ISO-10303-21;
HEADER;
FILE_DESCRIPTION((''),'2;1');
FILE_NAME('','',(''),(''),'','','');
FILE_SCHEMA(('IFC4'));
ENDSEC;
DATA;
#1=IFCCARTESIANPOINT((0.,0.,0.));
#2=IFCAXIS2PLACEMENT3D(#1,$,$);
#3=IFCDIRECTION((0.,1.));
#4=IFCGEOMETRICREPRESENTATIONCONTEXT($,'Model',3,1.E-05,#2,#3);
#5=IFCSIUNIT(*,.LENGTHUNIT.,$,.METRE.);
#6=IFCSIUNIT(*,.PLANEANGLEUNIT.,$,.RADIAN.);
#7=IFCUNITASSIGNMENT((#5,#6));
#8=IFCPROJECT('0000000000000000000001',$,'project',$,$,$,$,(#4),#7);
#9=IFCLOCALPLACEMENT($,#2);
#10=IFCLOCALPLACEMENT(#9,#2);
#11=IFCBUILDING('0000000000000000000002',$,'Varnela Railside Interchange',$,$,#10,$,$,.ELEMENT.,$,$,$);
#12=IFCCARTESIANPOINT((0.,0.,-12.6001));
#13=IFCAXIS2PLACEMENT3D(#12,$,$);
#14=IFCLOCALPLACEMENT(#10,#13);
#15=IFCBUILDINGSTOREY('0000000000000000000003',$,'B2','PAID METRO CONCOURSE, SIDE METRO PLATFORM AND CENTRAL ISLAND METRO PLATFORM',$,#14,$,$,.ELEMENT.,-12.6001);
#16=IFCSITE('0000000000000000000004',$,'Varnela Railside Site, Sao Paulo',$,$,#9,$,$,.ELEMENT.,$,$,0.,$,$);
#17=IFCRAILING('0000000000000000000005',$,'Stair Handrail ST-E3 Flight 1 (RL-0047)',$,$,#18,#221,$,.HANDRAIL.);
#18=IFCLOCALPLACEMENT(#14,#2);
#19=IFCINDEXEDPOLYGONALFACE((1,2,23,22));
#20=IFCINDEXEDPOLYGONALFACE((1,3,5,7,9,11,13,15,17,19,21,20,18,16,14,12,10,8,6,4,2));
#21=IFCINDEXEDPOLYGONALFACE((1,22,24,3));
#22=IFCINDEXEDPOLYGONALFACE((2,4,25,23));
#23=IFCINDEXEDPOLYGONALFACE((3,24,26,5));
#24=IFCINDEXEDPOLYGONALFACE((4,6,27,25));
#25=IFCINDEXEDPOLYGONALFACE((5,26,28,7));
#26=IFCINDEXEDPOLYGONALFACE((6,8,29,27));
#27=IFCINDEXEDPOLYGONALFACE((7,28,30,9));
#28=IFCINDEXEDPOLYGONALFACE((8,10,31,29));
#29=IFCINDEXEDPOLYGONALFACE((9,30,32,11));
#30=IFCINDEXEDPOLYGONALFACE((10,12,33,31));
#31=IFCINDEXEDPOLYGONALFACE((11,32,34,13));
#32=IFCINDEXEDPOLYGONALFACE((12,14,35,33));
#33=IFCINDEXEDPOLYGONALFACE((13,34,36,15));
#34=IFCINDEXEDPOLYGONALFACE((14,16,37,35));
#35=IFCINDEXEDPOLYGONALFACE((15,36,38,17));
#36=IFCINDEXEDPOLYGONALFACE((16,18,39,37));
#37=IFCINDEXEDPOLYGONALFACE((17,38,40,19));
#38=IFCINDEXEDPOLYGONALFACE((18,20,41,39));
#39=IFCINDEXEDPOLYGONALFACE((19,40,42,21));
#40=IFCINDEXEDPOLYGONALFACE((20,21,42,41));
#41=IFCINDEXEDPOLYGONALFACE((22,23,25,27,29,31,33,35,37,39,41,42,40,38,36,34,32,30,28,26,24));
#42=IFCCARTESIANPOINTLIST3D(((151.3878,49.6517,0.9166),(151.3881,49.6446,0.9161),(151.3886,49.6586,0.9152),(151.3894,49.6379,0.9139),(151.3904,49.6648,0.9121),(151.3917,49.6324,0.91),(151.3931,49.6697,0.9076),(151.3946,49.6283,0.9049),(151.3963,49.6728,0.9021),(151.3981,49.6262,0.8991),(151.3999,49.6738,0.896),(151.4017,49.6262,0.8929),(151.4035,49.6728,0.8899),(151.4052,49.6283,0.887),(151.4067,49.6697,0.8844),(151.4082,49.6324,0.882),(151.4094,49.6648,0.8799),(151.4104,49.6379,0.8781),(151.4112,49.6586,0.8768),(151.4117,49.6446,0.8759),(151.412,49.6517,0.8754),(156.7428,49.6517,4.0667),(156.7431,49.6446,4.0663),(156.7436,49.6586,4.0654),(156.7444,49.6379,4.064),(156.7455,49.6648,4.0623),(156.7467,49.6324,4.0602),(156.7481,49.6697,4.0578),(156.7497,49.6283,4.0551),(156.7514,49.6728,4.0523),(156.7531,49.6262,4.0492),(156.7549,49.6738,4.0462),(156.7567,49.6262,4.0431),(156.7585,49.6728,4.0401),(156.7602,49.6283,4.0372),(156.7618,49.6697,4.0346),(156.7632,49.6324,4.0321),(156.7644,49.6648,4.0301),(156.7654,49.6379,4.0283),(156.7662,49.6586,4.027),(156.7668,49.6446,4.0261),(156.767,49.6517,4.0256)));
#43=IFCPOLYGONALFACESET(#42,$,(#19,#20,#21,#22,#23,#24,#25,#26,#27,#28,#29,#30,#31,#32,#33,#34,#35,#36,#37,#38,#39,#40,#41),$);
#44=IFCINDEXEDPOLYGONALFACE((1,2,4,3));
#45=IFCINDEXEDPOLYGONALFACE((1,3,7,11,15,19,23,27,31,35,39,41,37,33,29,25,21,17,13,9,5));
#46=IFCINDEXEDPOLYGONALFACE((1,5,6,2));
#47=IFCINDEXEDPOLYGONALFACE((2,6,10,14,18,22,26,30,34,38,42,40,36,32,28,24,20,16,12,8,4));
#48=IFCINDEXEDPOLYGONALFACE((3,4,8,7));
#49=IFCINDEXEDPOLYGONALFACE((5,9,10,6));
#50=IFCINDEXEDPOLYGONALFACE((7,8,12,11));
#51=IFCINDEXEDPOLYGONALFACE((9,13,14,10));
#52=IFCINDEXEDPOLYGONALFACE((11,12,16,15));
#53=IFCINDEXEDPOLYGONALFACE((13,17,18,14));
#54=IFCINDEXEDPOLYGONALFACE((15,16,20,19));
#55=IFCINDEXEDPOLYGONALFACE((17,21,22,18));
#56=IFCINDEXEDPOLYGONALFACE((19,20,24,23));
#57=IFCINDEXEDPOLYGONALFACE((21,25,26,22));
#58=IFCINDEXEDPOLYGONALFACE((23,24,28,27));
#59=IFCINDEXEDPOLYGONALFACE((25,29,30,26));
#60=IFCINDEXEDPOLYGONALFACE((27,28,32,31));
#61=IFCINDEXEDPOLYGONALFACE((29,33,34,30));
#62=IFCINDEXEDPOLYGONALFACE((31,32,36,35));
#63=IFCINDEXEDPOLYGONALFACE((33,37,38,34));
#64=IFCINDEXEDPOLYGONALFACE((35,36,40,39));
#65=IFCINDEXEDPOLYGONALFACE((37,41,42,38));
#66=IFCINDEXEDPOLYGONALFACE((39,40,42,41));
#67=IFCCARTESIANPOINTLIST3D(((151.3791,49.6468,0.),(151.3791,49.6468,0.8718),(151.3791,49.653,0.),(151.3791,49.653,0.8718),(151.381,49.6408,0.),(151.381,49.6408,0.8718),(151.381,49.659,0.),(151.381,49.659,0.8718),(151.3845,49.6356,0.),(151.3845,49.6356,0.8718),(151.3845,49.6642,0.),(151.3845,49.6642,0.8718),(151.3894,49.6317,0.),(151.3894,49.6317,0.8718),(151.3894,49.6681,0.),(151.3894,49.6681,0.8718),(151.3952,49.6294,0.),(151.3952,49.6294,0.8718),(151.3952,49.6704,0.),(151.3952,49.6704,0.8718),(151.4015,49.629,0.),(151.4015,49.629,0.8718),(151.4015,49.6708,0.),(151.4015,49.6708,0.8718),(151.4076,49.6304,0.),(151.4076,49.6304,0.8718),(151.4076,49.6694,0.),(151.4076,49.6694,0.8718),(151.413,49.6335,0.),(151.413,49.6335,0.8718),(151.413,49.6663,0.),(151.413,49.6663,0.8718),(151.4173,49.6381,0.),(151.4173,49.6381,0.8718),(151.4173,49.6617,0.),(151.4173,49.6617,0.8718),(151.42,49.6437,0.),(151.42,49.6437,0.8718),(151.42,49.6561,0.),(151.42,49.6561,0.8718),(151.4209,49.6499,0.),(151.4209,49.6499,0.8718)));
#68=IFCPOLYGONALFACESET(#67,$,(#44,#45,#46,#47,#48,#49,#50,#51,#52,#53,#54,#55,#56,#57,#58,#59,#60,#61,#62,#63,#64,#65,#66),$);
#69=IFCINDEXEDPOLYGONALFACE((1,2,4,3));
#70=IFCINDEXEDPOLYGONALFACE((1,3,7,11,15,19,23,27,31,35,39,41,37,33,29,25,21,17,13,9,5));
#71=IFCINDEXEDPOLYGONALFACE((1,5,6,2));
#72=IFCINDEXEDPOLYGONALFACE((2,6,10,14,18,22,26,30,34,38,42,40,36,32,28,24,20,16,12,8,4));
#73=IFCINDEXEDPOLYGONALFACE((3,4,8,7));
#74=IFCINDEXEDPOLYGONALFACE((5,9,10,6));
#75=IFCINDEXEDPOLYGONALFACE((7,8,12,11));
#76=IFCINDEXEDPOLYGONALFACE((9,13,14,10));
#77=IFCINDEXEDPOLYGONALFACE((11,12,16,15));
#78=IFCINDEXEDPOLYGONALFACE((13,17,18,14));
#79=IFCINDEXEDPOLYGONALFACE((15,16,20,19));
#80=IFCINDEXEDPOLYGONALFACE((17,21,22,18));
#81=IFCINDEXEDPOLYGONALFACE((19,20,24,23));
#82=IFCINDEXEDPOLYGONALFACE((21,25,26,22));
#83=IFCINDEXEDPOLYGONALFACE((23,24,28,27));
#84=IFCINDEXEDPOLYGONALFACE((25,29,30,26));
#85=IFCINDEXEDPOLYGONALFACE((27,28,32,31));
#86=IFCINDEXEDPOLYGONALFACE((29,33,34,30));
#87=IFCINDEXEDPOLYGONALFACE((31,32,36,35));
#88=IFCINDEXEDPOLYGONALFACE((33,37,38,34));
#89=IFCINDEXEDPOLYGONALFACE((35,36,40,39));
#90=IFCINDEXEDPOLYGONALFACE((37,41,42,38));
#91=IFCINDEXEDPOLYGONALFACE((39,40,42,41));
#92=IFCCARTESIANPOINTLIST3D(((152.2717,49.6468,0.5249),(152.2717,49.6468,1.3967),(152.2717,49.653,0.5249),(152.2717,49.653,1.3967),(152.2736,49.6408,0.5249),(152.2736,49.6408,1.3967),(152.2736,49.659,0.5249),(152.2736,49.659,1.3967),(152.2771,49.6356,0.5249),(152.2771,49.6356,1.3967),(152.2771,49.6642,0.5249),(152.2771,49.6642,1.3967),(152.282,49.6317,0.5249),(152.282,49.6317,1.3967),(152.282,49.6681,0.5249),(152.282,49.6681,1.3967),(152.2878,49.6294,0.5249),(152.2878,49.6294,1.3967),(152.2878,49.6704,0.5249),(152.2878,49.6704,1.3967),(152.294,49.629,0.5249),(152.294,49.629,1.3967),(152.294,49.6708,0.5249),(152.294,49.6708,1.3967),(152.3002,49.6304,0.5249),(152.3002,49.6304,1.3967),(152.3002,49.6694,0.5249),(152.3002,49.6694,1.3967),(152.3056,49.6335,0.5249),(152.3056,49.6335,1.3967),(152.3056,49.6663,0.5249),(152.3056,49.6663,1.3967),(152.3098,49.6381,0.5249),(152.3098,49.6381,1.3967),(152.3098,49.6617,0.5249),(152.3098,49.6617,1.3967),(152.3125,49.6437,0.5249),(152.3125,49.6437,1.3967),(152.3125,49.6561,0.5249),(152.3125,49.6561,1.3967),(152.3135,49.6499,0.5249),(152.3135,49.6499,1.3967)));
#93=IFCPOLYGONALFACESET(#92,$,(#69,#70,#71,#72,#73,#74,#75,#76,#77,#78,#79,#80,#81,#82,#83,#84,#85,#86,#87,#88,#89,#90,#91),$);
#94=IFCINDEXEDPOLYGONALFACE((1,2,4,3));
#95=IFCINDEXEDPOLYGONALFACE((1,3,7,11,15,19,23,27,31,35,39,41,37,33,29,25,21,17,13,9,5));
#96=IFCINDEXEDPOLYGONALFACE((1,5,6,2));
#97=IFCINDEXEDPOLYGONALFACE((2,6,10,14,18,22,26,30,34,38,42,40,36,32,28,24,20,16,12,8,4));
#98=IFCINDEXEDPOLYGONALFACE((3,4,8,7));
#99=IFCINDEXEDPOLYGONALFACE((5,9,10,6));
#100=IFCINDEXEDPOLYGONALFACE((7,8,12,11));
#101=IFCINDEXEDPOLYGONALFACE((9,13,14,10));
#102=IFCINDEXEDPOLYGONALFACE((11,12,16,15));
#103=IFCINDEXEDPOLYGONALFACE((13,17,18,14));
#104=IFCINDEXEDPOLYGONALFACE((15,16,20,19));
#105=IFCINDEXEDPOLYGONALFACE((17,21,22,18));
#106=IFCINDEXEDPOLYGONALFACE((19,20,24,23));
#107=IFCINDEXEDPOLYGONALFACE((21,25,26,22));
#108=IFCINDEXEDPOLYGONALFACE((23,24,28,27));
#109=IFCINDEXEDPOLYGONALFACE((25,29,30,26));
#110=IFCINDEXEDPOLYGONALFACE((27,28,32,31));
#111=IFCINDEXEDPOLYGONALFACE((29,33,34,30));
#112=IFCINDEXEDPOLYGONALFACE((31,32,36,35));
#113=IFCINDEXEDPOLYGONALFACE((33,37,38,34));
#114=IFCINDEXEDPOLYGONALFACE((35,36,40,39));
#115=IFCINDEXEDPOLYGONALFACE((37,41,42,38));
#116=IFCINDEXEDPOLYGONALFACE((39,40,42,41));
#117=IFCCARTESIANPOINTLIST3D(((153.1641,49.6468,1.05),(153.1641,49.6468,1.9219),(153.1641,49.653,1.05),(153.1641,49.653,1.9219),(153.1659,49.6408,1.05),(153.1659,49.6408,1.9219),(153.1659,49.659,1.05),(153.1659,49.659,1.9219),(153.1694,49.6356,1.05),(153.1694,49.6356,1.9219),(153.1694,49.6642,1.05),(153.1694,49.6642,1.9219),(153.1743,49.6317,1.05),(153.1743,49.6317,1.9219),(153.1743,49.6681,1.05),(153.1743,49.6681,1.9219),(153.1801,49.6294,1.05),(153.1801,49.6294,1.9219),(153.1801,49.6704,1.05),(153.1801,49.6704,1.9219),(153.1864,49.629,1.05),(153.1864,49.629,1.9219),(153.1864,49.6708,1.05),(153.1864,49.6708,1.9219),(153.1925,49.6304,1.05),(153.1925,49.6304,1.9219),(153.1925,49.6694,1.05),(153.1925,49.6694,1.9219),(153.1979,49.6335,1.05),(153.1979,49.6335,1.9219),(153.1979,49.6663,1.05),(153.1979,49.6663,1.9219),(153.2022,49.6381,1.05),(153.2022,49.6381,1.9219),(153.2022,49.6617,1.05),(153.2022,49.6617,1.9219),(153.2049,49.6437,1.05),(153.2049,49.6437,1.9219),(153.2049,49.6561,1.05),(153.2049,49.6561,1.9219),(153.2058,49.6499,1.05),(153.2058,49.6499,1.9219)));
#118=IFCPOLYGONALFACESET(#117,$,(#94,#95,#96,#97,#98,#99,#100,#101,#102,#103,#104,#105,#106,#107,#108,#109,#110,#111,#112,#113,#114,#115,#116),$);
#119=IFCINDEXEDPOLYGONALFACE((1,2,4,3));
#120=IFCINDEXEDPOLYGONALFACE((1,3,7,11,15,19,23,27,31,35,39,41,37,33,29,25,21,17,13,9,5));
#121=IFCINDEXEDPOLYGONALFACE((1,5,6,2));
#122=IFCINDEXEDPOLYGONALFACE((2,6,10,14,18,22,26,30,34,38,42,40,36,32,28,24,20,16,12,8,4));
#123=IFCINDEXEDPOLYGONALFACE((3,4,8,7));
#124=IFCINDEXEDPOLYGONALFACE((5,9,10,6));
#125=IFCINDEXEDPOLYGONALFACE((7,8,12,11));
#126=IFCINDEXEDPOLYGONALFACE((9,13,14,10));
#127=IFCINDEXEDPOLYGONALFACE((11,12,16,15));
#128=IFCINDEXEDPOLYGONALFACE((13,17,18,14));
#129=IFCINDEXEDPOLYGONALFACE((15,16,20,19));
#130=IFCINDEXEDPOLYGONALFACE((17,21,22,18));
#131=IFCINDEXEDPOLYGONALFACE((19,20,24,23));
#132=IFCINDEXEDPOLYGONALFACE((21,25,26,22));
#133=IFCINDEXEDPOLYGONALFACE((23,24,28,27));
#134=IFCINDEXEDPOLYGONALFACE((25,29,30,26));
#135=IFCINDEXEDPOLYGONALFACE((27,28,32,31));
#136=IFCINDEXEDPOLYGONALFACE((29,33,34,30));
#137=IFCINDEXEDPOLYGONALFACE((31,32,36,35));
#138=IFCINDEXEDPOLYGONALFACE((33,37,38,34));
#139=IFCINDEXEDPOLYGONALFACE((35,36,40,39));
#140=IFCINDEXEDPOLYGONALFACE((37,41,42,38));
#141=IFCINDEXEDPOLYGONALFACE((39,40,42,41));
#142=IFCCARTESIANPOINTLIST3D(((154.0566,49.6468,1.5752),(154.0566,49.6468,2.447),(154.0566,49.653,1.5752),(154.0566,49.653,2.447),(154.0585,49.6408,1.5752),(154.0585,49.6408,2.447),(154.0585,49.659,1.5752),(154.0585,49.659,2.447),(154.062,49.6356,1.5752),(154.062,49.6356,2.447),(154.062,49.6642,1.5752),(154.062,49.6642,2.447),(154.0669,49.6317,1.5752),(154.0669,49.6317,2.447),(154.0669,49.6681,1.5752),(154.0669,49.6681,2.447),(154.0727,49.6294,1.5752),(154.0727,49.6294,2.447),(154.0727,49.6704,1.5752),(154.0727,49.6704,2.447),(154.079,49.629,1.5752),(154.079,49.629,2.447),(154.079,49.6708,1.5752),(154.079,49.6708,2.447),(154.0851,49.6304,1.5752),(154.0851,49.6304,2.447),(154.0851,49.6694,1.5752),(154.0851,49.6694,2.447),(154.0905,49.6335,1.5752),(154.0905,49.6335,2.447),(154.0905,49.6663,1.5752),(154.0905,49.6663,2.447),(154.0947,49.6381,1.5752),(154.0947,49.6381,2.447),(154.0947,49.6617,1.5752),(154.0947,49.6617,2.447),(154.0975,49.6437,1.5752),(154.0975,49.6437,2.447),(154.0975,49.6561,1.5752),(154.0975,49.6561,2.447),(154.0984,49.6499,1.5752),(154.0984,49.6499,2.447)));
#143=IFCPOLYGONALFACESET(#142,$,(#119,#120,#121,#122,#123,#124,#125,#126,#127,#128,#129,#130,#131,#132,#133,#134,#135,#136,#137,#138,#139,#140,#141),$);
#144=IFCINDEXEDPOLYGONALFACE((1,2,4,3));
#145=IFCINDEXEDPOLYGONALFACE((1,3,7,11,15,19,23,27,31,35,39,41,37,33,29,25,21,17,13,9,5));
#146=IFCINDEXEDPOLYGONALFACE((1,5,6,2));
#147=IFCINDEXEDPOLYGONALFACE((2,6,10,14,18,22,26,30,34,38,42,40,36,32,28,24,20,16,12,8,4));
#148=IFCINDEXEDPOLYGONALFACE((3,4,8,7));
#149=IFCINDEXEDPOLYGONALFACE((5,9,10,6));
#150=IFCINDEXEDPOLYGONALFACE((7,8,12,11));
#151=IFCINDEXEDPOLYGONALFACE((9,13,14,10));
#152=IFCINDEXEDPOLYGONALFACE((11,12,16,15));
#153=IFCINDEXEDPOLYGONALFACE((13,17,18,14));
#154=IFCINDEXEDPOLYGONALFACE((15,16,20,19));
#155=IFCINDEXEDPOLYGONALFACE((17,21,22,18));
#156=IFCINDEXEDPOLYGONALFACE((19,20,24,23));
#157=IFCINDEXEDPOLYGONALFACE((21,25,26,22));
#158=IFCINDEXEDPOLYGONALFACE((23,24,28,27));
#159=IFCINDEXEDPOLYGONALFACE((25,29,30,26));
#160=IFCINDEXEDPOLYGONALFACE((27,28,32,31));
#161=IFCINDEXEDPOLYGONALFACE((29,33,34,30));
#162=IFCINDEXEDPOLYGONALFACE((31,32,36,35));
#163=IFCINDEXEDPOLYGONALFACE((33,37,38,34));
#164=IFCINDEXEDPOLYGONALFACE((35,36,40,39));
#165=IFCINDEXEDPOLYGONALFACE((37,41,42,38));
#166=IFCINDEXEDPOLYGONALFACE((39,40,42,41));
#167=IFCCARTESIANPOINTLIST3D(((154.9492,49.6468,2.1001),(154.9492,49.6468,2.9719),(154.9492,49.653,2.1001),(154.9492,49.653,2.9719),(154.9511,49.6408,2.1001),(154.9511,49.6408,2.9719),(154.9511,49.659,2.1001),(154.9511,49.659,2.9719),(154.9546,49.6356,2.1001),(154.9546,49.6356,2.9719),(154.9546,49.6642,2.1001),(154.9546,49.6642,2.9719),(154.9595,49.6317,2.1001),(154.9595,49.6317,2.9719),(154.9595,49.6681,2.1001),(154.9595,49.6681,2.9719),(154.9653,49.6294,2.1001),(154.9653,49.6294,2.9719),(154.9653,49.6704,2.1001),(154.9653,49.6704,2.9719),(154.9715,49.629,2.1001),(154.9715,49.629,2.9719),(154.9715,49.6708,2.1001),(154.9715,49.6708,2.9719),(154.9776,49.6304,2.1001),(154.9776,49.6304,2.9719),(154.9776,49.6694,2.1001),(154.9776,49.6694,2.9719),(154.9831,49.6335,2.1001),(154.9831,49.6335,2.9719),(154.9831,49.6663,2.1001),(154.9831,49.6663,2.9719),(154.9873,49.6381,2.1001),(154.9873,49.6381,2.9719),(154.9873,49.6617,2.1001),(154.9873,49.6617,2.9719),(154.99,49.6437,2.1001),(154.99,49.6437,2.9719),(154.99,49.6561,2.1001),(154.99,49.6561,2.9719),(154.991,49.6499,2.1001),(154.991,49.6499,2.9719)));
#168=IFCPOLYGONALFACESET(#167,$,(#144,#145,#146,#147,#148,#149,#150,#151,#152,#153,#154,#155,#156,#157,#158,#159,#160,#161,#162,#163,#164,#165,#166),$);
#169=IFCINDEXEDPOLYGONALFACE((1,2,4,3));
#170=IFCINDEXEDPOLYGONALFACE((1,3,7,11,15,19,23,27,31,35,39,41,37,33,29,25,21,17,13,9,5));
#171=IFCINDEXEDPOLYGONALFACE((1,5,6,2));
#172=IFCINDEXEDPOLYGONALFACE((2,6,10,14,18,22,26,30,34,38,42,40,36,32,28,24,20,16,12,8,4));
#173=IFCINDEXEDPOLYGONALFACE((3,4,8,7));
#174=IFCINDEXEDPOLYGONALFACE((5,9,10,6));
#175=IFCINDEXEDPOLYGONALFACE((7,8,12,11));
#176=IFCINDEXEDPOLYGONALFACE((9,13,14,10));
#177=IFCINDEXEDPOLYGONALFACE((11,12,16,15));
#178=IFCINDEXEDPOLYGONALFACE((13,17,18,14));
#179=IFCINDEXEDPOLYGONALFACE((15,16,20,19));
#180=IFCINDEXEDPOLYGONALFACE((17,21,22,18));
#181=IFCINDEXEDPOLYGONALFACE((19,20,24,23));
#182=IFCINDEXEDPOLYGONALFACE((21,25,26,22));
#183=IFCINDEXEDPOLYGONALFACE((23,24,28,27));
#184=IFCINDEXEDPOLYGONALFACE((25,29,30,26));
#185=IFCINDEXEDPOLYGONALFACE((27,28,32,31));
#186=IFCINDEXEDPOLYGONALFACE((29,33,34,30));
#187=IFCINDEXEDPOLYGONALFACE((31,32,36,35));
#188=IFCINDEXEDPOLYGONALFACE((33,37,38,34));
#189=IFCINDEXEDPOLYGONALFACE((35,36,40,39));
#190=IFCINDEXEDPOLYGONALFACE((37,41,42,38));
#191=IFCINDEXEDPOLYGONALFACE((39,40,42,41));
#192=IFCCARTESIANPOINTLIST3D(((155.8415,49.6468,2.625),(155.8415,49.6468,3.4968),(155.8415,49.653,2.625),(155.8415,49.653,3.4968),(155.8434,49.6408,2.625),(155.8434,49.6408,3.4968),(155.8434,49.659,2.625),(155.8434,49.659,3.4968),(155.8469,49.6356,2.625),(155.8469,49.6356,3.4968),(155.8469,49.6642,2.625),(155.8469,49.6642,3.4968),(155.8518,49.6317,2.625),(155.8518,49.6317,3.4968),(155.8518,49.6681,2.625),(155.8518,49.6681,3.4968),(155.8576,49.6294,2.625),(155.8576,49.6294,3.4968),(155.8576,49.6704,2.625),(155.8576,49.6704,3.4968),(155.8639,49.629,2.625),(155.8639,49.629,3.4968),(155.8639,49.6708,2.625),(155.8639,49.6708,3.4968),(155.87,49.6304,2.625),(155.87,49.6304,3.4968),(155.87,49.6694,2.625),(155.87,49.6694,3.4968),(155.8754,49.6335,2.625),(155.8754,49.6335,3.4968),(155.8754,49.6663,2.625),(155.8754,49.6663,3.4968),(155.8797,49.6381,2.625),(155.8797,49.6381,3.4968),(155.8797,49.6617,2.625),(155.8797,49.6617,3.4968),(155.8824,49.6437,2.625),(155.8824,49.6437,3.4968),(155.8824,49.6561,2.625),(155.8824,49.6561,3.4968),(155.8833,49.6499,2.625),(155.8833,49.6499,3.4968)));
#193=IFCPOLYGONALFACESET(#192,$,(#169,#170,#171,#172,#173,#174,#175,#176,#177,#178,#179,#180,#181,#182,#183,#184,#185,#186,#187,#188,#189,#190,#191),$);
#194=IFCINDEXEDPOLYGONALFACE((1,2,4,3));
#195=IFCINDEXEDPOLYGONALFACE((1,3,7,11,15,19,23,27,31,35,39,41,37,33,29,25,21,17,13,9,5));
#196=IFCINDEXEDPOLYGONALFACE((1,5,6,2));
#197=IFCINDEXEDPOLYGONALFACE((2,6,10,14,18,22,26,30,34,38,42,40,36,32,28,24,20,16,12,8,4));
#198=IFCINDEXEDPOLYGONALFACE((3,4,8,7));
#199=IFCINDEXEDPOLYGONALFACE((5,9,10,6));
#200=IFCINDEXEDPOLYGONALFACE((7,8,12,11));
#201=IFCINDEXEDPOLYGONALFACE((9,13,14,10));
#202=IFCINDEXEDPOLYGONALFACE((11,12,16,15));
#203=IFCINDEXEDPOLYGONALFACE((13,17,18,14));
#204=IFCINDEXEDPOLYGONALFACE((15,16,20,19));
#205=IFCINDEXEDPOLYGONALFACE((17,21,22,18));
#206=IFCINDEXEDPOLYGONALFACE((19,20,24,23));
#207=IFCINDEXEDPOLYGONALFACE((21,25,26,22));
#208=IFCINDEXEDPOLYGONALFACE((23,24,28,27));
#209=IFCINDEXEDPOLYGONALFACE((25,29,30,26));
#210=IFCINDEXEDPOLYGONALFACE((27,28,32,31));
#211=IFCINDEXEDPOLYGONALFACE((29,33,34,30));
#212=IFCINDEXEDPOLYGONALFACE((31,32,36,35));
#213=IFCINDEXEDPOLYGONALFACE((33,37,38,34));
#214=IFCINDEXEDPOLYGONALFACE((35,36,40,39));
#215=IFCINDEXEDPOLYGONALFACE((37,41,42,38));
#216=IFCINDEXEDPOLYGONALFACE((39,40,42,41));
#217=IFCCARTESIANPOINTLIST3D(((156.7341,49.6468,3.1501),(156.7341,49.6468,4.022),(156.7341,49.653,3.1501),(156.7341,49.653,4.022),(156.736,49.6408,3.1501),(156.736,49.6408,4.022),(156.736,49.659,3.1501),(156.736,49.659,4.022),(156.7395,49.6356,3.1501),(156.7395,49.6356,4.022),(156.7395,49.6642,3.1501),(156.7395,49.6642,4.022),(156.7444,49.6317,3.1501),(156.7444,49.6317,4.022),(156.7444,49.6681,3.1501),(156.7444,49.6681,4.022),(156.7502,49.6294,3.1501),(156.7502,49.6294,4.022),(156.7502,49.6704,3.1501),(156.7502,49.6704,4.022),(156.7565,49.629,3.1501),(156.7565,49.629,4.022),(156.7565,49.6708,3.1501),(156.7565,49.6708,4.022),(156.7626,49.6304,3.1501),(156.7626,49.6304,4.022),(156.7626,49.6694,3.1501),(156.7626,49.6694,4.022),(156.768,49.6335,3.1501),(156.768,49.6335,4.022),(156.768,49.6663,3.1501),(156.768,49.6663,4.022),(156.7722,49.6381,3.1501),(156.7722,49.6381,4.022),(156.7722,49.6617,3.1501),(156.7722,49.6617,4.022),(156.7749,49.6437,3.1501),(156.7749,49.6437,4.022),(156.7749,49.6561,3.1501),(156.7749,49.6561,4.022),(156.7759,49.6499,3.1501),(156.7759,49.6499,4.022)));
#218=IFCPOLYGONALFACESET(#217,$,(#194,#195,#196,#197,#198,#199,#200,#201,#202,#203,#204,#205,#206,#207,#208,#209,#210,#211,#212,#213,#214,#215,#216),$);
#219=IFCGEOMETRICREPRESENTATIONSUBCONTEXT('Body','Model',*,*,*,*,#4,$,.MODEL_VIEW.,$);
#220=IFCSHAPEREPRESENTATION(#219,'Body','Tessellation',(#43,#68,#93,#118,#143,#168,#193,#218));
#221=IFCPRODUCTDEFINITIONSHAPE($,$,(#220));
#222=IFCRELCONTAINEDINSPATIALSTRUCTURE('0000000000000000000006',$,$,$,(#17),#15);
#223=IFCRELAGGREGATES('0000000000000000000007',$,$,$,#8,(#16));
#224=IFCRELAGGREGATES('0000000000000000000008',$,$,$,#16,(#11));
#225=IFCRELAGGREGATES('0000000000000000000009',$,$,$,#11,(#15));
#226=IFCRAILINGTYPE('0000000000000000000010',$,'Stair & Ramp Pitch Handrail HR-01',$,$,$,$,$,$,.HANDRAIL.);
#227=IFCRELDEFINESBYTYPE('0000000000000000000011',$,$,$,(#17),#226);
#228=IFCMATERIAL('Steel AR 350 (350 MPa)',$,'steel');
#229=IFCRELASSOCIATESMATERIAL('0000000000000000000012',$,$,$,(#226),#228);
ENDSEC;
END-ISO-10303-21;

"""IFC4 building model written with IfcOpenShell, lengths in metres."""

from ifc_helpers import new_model, si_unit, direction, frame, origin, origin_2d, place, context, subcontext, project, spatial, circle, extrude, material, type_object, element, save


model = new_model("IFC4")

# Units and contexts
model_context = context("Model", 3, precision=1e-05, world=origin(), true_north=direction((0.0, 1.0)))
body_context = subcontext(model_context, "Body", "Model", "MODEL_VIEW")
ifc_project = project(units=[si_unit("LENGTHUNIT", "METRE"), si_unit("PLANEANGLEUNIT", "RADIAN")], contexts=[model_context])

# Site, building, storey
site_placement = place(None, origin())
site = spatial("IfcSite", under=ifc_project, at=site_placement, Name="Varnela Railside Site, Sao Paulo", CompositionType="ELEMENT", RefElevation=0.0)
building_placement = place(site_placement, origin())
building = spatial("IfcBuilding", under=site, at=building_placement, Name="Varnela Railside Interchange", CompositionType="ELEMENT")
storey_placement = place(building_placement, frame((0.0, 0.0, -12.6001)))
storey = spatial("IfcBuildingStorey", under=building, at=storey_placement, Name="B2", Description="PAID METRO CONCOURSE, SIDE METRO PLATFORM AND CENTRAL ISLAND METRO PLATFORM", CompositionType="ELEMENT", Elevation=-12.6001)

# Shared definitions
ifc_material_1 = material(Name="Steel AR 350 (350 MPa)", Category="steel")

# Railing
railing_type_1 = type_object("IfcRailingType", Name="Stair & Ramp Pitch Handrail HR-01", PredefinedType="HANDRAIL", material=ifc_material_1)
railing_1_placement = place(storey_placement, frame((151.3999, 49.6499, 0.0)))
element("IfcRailing", 1, at=railing_1_placement, inside=storey, type_object=railing_type_1, Name="Stair Handrail ST-E3 Flight 1 (RL-0047)", PredefinedType="HANDRAIL", context=body_context, shape_type="SweptSolid", body=[
    extrude(circle(Radius=0.0239, at=origin_2d()), frame((0.0, 0.0, 0.896), z_axis=(0.861923, 0.0, 0.507039), x_axis=(0.0, 1.0, 0.0)), (0.0, 0.0, 1.0), 6.2129),
    extrude(circle(Radius=0.021, at=origin_2d()), origin(), (0.0, 0.0, 1.0), 0.8718),
    extrude(circle(Radius=0.021, at=origin_2d()), frame((0.8926, 0.0, 0.5249)), (0.0, 0.0, 1.0), 0.8718),
    extrude(circle(Radius=0.021, at=origin_2d()), frame((1.7849, 0.0, 1.05)), (0.0, 0.0, 1.0), 0.8718),
    extrude(circle(Radius=0.021, at=origin_2d()), frame((2.6775, 0.0, 1.5752)), (0.0, 0.0, 1.0), 0.8718),
    extrude(circle(Radius=0.021, at=origin_2d()), frame((3.5701, 0.0, 2.1001)), (0.0, 0.0, 1.0), 0.8718),
    extrude(circle(Radius=0.021, at=origin_2d()), frame((4.4624, 0.0, 2.625)), (0.0, 0.0, 1.0), 0.8718),
    extrude(circle(Radius=0.021, at=origin_2d()), frame((5.355, 0.0, 3.1501)), (0.0, 0.0, 1.0), 0.8718),
])

save(model, "model.ifc")
